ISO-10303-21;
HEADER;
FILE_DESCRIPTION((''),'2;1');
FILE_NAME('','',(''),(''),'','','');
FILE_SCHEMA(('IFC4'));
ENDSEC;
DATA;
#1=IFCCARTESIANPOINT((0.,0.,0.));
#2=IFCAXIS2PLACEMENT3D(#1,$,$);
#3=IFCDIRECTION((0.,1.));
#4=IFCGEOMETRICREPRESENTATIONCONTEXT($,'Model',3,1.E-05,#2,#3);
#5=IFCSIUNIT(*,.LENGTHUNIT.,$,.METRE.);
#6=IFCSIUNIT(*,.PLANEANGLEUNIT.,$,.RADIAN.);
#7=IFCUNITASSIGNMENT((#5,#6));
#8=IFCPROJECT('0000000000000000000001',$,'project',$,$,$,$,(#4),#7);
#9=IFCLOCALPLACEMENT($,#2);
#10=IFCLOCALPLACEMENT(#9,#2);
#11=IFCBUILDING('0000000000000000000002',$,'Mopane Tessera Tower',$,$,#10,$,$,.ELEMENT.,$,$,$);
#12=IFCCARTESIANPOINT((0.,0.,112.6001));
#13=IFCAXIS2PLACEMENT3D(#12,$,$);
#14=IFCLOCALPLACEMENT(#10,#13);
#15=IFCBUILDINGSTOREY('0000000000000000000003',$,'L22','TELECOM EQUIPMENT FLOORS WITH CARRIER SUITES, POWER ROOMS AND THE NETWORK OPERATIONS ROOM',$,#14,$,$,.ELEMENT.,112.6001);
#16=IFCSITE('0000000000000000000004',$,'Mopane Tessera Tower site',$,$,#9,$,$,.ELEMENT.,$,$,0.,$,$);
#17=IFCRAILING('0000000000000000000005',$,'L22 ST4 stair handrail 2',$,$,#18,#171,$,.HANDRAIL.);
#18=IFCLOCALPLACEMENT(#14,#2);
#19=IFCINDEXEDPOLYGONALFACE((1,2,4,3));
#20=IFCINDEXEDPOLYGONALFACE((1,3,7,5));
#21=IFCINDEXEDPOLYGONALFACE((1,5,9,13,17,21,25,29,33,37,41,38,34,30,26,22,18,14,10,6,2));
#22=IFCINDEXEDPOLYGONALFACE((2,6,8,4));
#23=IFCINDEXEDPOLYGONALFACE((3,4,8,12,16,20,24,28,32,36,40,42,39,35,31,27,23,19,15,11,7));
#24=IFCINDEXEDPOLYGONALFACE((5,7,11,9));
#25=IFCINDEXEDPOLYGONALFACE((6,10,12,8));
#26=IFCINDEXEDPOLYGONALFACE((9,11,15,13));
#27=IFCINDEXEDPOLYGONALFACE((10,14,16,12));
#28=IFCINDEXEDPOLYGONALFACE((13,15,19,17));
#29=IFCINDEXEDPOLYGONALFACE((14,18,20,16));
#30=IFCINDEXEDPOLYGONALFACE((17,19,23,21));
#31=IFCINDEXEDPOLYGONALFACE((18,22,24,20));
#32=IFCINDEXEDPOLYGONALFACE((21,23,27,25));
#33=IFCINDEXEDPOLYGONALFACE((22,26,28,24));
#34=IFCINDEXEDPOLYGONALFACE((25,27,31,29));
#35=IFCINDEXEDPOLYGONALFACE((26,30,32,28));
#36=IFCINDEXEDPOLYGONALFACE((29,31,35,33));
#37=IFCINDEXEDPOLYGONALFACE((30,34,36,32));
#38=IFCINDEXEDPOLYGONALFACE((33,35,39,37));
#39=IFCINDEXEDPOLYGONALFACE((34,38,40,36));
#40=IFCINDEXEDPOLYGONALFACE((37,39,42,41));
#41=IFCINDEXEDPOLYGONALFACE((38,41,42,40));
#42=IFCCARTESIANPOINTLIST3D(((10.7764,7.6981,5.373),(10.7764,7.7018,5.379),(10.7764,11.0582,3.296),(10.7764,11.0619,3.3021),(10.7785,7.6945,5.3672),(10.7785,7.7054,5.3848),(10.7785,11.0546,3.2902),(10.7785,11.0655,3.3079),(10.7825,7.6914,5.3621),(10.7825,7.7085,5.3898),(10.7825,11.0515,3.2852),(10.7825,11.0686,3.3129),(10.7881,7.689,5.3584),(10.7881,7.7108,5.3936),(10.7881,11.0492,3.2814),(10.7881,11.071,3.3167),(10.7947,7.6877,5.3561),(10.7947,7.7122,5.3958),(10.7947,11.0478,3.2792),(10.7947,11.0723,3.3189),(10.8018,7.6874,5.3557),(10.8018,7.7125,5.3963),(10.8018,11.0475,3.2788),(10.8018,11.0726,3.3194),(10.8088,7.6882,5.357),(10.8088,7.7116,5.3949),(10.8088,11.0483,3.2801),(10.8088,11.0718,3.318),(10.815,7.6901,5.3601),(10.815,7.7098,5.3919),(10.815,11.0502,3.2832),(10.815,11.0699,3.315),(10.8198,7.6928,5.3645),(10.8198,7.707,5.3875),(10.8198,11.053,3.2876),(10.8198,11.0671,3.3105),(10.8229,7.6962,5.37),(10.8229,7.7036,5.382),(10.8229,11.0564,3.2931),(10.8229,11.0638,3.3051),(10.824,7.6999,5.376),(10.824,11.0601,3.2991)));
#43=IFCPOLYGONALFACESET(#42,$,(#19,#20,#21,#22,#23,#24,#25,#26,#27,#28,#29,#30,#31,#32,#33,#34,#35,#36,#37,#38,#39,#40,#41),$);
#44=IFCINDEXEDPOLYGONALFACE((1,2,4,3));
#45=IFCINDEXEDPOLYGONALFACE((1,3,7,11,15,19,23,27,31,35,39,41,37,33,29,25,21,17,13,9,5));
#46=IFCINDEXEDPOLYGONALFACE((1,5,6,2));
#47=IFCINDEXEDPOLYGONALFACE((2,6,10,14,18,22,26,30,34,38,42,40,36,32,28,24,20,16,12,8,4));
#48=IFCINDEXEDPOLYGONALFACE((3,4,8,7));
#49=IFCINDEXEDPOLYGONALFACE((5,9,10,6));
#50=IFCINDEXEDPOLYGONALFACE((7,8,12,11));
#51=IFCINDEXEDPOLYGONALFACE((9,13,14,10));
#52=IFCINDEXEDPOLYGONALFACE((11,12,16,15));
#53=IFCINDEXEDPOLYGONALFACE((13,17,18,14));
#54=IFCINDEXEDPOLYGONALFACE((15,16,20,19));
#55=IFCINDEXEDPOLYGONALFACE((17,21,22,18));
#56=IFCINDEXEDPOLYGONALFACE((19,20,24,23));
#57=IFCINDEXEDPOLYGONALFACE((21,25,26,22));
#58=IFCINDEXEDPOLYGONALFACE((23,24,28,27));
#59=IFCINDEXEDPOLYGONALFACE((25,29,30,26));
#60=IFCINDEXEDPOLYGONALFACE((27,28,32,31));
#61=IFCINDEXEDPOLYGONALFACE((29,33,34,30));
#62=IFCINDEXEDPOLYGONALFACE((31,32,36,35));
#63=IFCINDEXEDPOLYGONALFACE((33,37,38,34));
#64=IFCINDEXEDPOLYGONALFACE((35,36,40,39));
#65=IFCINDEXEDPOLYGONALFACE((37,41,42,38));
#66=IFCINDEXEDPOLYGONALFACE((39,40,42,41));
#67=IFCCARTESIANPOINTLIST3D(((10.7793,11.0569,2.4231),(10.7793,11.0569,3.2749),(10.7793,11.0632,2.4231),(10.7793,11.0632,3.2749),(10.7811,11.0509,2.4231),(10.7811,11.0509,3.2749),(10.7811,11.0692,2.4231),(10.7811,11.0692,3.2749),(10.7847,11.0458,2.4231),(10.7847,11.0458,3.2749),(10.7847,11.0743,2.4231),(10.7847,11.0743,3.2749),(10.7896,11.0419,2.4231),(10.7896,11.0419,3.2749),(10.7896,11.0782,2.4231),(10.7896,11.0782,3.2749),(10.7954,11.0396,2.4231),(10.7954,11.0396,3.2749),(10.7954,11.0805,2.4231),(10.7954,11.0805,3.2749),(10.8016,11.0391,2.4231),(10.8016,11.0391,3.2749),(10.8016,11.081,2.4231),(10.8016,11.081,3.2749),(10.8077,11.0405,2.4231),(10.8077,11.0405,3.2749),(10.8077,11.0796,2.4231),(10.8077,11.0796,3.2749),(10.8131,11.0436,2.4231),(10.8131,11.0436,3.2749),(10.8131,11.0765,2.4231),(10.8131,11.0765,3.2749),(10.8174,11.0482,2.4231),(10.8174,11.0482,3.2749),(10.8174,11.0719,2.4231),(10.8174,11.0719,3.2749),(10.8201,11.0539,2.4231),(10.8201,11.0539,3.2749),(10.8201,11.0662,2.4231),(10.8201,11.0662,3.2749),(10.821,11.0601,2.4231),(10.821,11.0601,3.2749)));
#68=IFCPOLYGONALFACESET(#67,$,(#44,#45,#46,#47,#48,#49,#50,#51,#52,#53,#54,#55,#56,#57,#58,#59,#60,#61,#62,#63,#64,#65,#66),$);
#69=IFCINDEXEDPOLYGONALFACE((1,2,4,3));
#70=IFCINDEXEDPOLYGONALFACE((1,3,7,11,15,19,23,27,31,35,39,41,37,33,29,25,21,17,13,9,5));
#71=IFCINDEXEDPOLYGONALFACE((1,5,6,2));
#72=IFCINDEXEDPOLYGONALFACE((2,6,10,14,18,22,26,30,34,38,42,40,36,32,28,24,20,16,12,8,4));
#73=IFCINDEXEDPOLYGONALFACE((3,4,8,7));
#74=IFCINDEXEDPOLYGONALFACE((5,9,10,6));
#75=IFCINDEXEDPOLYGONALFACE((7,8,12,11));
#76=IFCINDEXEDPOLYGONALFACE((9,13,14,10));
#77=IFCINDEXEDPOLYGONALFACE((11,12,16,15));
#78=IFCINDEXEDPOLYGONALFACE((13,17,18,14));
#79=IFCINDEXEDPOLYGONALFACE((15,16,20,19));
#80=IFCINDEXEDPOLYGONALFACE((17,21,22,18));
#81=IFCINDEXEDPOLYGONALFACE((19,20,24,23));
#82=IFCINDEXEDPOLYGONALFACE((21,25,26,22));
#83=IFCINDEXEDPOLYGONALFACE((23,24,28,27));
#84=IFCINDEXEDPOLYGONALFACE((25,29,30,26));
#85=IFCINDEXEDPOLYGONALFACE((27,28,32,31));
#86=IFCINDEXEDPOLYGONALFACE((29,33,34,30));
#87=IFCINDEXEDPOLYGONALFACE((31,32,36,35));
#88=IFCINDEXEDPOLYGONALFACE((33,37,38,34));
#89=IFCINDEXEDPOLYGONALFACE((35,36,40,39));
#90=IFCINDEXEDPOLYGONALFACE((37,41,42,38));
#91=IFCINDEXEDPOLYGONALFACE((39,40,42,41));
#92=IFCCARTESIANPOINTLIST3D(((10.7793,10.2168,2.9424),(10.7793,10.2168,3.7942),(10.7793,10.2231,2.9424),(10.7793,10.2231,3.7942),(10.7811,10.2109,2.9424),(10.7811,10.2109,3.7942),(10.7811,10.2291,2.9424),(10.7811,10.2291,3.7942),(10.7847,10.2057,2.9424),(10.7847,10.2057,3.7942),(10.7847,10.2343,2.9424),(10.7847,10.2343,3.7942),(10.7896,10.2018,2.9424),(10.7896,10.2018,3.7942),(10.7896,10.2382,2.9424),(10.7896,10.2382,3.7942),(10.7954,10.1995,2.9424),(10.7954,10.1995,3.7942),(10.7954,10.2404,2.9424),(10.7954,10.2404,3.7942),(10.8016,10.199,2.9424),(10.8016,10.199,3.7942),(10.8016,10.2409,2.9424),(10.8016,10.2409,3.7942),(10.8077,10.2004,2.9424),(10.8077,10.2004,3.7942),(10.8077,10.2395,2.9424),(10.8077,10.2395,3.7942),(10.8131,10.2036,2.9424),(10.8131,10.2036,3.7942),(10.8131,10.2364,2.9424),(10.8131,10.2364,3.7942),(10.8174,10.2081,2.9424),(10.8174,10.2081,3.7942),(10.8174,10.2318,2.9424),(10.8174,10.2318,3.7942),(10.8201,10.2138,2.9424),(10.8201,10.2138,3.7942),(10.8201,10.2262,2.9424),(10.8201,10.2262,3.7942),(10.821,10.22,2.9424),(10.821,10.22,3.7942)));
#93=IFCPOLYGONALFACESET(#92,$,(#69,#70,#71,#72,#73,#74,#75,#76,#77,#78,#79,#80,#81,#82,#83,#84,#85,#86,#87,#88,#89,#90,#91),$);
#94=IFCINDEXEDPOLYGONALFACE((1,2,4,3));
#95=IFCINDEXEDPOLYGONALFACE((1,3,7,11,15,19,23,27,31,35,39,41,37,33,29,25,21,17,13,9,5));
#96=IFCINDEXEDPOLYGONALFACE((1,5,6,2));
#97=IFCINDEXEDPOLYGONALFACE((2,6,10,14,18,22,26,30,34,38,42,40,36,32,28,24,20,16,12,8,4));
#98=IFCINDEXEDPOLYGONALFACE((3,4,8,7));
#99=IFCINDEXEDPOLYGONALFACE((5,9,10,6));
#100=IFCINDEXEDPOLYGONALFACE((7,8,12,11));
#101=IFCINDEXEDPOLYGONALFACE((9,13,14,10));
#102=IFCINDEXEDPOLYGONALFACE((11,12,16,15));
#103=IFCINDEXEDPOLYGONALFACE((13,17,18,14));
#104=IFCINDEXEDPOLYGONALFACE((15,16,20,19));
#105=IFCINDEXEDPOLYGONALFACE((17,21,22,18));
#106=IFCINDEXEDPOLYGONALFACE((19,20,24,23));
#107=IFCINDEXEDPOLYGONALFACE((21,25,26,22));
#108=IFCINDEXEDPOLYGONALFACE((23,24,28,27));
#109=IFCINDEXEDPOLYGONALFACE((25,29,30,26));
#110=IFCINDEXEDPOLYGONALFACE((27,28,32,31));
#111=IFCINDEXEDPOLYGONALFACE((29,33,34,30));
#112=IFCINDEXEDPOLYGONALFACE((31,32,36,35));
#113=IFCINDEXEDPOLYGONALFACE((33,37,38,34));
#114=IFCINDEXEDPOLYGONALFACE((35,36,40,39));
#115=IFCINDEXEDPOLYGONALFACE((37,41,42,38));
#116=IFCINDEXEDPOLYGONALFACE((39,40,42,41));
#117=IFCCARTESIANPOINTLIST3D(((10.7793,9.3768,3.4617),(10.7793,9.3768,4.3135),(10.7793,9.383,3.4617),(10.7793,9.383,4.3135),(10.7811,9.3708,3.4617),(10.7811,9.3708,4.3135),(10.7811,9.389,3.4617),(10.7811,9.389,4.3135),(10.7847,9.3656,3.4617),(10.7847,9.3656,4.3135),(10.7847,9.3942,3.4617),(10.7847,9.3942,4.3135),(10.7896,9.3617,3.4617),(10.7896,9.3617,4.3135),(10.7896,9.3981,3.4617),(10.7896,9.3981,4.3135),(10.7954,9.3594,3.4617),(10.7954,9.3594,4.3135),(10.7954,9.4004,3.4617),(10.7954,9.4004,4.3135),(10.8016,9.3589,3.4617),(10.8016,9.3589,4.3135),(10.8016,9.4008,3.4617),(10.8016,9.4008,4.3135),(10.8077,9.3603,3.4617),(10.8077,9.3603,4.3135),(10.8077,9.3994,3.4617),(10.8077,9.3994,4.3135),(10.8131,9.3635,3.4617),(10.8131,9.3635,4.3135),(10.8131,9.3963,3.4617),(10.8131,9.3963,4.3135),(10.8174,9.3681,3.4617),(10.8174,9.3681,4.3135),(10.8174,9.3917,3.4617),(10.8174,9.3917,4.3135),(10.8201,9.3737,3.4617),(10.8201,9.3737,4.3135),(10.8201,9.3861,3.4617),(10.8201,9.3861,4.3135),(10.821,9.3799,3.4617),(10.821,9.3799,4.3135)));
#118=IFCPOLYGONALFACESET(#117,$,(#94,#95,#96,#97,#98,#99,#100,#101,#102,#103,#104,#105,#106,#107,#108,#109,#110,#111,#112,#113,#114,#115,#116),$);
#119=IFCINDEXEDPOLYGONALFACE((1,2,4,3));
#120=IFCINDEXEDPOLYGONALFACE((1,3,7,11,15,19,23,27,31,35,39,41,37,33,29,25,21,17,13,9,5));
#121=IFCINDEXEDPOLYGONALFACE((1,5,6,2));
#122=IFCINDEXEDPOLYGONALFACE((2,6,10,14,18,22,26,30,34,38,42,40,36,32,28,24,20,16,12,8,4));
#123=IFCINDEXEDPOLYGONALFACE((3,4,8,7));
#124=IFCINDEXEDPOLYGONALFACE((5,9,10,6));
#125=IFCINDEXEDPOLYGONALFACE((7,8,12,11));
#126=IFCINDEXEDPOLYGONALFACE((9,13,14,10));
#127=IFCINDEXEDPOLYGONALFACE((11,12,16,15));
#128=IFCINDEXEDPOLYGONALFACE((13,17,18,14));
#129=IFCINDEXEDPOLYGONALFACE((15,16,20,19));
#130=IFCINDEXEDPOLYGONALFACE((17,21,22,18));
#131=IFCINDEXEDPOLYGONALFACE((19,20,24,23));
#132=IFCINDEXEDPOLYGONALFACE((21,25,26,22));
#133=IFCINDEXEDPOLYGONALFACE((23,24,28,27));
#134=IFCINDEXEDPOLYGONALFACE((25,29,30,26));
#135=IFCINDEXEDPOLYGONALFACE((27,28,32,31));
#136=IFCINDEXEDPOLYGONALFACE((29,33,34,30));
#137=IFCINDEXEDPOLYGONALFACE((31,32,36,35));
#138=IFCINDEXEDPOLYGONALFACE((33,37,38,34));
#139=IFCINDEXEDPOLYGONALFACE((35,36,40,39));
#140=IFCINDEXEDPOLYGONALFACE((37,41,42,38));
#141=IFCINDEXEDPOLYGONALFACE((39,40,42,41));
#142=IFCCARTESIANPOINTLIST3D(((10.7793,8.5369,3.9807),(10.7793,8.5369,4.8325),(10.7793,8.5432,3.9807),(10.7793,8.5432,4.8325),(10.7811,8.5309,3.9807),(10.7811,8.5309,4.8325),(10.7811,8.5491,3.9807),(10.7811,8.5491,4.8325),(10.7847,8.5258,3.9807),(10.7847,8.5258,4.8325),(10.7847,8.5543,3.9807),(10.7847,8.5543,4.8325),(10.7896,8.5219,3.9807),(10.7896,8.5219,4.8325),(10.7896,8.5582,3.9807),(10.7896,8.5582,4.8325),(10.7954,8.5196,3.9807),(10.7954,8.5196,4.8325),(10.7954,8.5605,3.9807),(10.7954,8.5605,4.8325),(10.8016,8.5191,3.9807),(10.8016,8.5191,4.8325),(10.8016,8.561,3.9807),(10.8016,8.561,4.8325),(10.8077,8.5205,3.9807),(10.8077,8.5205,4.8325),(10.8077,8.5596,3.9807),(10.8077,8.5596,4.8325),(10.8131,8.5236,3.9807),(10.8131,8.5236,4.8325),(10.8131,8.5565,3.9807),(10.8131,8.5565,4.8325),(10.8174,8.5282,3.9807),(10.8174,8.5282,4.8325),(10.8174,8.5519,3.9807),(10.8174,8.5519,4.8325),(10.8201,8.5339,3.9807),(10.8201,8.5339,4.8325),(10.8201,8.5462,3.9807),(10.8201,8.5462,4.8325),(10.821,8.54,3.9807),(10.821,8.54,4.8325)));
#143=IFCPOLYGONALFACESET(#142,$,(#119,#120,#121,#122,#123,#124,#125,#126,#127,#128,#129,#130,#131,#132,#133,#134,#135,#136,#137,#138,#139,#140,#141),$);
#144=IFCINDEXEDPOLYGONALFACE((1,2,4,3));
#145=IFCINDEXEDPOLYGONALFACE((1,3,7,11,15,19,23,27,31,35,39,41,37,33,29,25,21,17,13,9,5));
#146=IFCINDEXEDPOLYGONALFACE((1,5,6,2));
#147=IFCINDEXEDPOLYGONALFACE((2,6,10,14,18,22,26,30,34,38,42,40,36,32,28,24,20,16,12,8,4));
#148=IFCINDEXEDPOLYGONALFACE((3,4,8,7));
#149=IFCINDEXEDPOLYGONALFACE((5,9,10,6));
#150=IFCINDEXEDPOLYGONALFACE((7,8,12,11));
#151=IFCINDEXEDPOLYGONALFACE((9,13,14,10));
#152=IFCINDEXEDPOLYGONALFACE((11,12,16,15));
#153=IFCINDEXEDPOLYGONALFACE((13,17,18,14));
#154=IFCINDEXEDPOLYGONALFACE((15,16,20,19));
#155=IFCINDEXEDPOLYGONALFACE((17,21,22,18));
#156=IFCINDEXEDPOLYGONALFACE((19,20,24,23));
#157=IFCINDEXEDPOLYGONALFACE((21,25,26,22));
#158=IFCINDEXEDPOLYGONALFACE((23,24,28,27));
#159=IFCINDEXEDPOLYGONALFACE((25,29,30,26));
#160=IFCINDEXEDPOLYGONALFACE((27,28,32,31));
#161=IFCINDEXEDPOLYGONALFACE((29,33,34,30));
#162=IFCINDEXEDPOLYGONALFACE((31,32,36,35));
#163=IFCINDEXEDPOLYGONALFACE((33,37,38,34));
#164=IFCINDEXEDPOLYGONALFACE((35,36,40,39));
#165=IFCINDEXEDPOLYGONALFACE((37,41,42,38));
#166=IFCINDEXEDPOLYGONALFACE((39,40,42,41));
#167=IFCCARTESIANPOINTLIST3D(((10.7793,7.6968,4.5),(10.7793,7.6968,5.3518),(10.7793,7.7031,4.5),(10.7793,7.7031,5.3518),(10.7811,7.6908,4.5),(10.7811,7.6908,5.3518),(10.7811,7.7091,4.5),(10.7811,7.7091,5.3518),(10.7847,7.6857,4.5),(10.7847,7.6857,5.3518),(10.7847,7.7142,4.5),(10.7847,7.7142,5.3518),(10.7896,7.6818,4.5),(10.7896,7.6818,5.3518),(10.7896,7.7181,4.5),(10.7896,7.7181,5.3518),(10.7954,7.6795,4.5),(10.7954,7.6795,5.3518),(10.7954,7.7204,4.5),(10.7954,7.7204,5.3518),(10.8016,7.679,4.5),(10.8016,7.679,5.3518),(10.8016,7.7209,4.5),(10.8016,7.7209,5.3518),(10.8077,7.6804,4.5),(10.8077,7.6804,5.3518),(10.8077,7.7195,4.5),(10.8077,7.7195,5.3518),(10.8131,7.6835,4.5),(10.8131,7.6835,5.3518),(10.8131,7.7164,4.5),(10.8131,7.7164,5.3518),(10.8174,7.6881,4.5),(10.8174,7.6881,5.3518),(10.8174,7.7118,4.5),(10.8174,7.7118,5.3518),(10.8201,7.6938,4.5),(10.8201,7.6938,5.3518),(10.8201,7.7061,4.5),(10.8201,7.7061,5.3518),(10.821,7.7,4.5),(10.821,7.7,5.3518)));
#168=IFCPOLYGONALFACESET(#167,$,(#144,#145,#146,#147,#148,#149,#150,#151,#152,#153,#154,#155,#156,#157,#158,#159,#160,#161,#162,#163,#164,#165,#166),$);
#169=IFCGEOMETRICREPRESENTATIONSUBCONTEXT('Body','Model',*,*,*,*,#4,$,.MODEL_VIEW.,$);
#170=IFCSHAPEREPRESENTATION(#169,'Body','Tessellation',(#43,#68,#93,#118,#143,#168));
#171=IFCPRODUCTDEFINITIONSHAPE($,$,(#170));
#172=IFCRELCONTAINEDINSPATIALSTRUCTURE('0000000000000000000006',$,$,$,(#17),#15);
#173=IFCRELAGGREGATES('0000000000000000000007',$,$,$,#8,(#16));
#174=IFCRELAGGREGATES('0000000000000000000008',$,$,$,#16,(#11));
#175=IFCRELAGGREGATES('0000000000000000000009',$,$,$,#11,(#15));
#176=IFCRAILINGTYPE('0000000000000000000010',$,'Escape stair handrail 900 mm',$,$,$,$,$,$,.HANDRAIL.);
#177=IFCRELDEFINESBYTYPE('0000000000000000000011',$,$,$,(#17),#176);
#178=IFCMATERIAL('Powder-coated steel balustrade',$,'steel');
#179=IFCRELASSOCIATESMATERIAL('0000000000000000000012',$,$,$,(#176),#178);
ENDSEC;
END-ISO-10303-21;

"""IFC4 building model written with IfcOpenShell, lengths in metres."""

from ifc_helpers import new_model, si_unit, direction, frame, origin, origin_2d, place, context, subcontext, project, spatial, circle, extrude, material, type_object, element, save


model = new_model("IFC4")

# Units and contexts
model_context = context("Model", 3, precision=1e-05, world=origin(), true_north=direction((0.0, 1.0)))
body_context = subcontext(model_context, "Body", "Model", "MODEL_VIEW")
ifc_project = project(units=[si_unit("LENGTHUNIT", "METRE"), si_unit("PLANEANGLEUNIT", "RADIAN")], contexts=[model_context])

# Site, building, storey
site_placement = place(None, origin())
site = spatial("IfcSite", under=ifc_project, at=site_placement, Name="Mopane Tessera Tower site", CompositionType="ELEMENT", RefElevation=0.0)
building_placement = place(site_placement, origin())
building = spatial("IfcBuilding", under=site, at=building_placement, Name="Mopane Tessera Tower", CompositionType="ELEMENT")
storey_placement = place(building_placement, frame((0.0, 0.0, 112.6001)))
storey = spatial("IfcBuildingStorey", under=building, at=storey_placement, Name="L22", Description="TELECOM EQUIPMENT FLOORS WITH CARRIER SUITES, POWER ROOMS AND THE NETWORK OPERATIONS ROOM", CompositionType="ELEMENT", Elevation=112.6001)

# Railing
ifc_material_1 = material(Name="Powder-coated steel balustrade", Category="steel")
railing_type_1 = type_object("IfcRailingType", Name="Escape stair handrail 900 mm", PredefinedType="HANDRAIL", material=ifc_material_1)
railing_1_placement = place(storey_placement, frame((10.8, 11.0601, 2.4231)))
element("IfcRailing", 1, at=railing_1_placement, inside=storey, type_object=railing_type_1, Name="L22 ST4 stair handrail 2", PredefinedType="HANDRAIL", context=body_context, shape_type="SweptSolid", body=[
    extrude(circle(Radius=0.0239, at=origin_2d()), frame((0.0, 0.0, 0.876), z_axis=(0.0, -0.850623, 0.525776), x_axis=(1.0, 0.0, 0.0)), (0.0, 0.0, 1.0), 3.9502),
    extrude(circle(Radius=0.021, at=origin_2d()), origin(), (0.0, 0.0, 1.0), 0.8518),
    extrude(circle(Radius=0.021, at=origin_2d()), frame((0.0, -0.8401, 0.5193)), (0.0, 0.0, 1.0), 0.8518),
    extrude(circle(Radius=0.021, at=origin_2d()), frame((0.0, -1.6802, 1.0386)), (0.0, 0.0, 1.0), 0.8518),
    extrude(circle(Radius=0.021, at=origin_2d()), frame((0.0, -2.52, 1.5576)), (0.0, 0.0, 1.0), 0.8518),
    extrude(circle(Radius=0.021, at=origin_2d()), frame((0.0, -3.3601, 2.0769)), (0.0, 0.0, 1.0), 0.8518),
])

save(model, "model.ifc")
